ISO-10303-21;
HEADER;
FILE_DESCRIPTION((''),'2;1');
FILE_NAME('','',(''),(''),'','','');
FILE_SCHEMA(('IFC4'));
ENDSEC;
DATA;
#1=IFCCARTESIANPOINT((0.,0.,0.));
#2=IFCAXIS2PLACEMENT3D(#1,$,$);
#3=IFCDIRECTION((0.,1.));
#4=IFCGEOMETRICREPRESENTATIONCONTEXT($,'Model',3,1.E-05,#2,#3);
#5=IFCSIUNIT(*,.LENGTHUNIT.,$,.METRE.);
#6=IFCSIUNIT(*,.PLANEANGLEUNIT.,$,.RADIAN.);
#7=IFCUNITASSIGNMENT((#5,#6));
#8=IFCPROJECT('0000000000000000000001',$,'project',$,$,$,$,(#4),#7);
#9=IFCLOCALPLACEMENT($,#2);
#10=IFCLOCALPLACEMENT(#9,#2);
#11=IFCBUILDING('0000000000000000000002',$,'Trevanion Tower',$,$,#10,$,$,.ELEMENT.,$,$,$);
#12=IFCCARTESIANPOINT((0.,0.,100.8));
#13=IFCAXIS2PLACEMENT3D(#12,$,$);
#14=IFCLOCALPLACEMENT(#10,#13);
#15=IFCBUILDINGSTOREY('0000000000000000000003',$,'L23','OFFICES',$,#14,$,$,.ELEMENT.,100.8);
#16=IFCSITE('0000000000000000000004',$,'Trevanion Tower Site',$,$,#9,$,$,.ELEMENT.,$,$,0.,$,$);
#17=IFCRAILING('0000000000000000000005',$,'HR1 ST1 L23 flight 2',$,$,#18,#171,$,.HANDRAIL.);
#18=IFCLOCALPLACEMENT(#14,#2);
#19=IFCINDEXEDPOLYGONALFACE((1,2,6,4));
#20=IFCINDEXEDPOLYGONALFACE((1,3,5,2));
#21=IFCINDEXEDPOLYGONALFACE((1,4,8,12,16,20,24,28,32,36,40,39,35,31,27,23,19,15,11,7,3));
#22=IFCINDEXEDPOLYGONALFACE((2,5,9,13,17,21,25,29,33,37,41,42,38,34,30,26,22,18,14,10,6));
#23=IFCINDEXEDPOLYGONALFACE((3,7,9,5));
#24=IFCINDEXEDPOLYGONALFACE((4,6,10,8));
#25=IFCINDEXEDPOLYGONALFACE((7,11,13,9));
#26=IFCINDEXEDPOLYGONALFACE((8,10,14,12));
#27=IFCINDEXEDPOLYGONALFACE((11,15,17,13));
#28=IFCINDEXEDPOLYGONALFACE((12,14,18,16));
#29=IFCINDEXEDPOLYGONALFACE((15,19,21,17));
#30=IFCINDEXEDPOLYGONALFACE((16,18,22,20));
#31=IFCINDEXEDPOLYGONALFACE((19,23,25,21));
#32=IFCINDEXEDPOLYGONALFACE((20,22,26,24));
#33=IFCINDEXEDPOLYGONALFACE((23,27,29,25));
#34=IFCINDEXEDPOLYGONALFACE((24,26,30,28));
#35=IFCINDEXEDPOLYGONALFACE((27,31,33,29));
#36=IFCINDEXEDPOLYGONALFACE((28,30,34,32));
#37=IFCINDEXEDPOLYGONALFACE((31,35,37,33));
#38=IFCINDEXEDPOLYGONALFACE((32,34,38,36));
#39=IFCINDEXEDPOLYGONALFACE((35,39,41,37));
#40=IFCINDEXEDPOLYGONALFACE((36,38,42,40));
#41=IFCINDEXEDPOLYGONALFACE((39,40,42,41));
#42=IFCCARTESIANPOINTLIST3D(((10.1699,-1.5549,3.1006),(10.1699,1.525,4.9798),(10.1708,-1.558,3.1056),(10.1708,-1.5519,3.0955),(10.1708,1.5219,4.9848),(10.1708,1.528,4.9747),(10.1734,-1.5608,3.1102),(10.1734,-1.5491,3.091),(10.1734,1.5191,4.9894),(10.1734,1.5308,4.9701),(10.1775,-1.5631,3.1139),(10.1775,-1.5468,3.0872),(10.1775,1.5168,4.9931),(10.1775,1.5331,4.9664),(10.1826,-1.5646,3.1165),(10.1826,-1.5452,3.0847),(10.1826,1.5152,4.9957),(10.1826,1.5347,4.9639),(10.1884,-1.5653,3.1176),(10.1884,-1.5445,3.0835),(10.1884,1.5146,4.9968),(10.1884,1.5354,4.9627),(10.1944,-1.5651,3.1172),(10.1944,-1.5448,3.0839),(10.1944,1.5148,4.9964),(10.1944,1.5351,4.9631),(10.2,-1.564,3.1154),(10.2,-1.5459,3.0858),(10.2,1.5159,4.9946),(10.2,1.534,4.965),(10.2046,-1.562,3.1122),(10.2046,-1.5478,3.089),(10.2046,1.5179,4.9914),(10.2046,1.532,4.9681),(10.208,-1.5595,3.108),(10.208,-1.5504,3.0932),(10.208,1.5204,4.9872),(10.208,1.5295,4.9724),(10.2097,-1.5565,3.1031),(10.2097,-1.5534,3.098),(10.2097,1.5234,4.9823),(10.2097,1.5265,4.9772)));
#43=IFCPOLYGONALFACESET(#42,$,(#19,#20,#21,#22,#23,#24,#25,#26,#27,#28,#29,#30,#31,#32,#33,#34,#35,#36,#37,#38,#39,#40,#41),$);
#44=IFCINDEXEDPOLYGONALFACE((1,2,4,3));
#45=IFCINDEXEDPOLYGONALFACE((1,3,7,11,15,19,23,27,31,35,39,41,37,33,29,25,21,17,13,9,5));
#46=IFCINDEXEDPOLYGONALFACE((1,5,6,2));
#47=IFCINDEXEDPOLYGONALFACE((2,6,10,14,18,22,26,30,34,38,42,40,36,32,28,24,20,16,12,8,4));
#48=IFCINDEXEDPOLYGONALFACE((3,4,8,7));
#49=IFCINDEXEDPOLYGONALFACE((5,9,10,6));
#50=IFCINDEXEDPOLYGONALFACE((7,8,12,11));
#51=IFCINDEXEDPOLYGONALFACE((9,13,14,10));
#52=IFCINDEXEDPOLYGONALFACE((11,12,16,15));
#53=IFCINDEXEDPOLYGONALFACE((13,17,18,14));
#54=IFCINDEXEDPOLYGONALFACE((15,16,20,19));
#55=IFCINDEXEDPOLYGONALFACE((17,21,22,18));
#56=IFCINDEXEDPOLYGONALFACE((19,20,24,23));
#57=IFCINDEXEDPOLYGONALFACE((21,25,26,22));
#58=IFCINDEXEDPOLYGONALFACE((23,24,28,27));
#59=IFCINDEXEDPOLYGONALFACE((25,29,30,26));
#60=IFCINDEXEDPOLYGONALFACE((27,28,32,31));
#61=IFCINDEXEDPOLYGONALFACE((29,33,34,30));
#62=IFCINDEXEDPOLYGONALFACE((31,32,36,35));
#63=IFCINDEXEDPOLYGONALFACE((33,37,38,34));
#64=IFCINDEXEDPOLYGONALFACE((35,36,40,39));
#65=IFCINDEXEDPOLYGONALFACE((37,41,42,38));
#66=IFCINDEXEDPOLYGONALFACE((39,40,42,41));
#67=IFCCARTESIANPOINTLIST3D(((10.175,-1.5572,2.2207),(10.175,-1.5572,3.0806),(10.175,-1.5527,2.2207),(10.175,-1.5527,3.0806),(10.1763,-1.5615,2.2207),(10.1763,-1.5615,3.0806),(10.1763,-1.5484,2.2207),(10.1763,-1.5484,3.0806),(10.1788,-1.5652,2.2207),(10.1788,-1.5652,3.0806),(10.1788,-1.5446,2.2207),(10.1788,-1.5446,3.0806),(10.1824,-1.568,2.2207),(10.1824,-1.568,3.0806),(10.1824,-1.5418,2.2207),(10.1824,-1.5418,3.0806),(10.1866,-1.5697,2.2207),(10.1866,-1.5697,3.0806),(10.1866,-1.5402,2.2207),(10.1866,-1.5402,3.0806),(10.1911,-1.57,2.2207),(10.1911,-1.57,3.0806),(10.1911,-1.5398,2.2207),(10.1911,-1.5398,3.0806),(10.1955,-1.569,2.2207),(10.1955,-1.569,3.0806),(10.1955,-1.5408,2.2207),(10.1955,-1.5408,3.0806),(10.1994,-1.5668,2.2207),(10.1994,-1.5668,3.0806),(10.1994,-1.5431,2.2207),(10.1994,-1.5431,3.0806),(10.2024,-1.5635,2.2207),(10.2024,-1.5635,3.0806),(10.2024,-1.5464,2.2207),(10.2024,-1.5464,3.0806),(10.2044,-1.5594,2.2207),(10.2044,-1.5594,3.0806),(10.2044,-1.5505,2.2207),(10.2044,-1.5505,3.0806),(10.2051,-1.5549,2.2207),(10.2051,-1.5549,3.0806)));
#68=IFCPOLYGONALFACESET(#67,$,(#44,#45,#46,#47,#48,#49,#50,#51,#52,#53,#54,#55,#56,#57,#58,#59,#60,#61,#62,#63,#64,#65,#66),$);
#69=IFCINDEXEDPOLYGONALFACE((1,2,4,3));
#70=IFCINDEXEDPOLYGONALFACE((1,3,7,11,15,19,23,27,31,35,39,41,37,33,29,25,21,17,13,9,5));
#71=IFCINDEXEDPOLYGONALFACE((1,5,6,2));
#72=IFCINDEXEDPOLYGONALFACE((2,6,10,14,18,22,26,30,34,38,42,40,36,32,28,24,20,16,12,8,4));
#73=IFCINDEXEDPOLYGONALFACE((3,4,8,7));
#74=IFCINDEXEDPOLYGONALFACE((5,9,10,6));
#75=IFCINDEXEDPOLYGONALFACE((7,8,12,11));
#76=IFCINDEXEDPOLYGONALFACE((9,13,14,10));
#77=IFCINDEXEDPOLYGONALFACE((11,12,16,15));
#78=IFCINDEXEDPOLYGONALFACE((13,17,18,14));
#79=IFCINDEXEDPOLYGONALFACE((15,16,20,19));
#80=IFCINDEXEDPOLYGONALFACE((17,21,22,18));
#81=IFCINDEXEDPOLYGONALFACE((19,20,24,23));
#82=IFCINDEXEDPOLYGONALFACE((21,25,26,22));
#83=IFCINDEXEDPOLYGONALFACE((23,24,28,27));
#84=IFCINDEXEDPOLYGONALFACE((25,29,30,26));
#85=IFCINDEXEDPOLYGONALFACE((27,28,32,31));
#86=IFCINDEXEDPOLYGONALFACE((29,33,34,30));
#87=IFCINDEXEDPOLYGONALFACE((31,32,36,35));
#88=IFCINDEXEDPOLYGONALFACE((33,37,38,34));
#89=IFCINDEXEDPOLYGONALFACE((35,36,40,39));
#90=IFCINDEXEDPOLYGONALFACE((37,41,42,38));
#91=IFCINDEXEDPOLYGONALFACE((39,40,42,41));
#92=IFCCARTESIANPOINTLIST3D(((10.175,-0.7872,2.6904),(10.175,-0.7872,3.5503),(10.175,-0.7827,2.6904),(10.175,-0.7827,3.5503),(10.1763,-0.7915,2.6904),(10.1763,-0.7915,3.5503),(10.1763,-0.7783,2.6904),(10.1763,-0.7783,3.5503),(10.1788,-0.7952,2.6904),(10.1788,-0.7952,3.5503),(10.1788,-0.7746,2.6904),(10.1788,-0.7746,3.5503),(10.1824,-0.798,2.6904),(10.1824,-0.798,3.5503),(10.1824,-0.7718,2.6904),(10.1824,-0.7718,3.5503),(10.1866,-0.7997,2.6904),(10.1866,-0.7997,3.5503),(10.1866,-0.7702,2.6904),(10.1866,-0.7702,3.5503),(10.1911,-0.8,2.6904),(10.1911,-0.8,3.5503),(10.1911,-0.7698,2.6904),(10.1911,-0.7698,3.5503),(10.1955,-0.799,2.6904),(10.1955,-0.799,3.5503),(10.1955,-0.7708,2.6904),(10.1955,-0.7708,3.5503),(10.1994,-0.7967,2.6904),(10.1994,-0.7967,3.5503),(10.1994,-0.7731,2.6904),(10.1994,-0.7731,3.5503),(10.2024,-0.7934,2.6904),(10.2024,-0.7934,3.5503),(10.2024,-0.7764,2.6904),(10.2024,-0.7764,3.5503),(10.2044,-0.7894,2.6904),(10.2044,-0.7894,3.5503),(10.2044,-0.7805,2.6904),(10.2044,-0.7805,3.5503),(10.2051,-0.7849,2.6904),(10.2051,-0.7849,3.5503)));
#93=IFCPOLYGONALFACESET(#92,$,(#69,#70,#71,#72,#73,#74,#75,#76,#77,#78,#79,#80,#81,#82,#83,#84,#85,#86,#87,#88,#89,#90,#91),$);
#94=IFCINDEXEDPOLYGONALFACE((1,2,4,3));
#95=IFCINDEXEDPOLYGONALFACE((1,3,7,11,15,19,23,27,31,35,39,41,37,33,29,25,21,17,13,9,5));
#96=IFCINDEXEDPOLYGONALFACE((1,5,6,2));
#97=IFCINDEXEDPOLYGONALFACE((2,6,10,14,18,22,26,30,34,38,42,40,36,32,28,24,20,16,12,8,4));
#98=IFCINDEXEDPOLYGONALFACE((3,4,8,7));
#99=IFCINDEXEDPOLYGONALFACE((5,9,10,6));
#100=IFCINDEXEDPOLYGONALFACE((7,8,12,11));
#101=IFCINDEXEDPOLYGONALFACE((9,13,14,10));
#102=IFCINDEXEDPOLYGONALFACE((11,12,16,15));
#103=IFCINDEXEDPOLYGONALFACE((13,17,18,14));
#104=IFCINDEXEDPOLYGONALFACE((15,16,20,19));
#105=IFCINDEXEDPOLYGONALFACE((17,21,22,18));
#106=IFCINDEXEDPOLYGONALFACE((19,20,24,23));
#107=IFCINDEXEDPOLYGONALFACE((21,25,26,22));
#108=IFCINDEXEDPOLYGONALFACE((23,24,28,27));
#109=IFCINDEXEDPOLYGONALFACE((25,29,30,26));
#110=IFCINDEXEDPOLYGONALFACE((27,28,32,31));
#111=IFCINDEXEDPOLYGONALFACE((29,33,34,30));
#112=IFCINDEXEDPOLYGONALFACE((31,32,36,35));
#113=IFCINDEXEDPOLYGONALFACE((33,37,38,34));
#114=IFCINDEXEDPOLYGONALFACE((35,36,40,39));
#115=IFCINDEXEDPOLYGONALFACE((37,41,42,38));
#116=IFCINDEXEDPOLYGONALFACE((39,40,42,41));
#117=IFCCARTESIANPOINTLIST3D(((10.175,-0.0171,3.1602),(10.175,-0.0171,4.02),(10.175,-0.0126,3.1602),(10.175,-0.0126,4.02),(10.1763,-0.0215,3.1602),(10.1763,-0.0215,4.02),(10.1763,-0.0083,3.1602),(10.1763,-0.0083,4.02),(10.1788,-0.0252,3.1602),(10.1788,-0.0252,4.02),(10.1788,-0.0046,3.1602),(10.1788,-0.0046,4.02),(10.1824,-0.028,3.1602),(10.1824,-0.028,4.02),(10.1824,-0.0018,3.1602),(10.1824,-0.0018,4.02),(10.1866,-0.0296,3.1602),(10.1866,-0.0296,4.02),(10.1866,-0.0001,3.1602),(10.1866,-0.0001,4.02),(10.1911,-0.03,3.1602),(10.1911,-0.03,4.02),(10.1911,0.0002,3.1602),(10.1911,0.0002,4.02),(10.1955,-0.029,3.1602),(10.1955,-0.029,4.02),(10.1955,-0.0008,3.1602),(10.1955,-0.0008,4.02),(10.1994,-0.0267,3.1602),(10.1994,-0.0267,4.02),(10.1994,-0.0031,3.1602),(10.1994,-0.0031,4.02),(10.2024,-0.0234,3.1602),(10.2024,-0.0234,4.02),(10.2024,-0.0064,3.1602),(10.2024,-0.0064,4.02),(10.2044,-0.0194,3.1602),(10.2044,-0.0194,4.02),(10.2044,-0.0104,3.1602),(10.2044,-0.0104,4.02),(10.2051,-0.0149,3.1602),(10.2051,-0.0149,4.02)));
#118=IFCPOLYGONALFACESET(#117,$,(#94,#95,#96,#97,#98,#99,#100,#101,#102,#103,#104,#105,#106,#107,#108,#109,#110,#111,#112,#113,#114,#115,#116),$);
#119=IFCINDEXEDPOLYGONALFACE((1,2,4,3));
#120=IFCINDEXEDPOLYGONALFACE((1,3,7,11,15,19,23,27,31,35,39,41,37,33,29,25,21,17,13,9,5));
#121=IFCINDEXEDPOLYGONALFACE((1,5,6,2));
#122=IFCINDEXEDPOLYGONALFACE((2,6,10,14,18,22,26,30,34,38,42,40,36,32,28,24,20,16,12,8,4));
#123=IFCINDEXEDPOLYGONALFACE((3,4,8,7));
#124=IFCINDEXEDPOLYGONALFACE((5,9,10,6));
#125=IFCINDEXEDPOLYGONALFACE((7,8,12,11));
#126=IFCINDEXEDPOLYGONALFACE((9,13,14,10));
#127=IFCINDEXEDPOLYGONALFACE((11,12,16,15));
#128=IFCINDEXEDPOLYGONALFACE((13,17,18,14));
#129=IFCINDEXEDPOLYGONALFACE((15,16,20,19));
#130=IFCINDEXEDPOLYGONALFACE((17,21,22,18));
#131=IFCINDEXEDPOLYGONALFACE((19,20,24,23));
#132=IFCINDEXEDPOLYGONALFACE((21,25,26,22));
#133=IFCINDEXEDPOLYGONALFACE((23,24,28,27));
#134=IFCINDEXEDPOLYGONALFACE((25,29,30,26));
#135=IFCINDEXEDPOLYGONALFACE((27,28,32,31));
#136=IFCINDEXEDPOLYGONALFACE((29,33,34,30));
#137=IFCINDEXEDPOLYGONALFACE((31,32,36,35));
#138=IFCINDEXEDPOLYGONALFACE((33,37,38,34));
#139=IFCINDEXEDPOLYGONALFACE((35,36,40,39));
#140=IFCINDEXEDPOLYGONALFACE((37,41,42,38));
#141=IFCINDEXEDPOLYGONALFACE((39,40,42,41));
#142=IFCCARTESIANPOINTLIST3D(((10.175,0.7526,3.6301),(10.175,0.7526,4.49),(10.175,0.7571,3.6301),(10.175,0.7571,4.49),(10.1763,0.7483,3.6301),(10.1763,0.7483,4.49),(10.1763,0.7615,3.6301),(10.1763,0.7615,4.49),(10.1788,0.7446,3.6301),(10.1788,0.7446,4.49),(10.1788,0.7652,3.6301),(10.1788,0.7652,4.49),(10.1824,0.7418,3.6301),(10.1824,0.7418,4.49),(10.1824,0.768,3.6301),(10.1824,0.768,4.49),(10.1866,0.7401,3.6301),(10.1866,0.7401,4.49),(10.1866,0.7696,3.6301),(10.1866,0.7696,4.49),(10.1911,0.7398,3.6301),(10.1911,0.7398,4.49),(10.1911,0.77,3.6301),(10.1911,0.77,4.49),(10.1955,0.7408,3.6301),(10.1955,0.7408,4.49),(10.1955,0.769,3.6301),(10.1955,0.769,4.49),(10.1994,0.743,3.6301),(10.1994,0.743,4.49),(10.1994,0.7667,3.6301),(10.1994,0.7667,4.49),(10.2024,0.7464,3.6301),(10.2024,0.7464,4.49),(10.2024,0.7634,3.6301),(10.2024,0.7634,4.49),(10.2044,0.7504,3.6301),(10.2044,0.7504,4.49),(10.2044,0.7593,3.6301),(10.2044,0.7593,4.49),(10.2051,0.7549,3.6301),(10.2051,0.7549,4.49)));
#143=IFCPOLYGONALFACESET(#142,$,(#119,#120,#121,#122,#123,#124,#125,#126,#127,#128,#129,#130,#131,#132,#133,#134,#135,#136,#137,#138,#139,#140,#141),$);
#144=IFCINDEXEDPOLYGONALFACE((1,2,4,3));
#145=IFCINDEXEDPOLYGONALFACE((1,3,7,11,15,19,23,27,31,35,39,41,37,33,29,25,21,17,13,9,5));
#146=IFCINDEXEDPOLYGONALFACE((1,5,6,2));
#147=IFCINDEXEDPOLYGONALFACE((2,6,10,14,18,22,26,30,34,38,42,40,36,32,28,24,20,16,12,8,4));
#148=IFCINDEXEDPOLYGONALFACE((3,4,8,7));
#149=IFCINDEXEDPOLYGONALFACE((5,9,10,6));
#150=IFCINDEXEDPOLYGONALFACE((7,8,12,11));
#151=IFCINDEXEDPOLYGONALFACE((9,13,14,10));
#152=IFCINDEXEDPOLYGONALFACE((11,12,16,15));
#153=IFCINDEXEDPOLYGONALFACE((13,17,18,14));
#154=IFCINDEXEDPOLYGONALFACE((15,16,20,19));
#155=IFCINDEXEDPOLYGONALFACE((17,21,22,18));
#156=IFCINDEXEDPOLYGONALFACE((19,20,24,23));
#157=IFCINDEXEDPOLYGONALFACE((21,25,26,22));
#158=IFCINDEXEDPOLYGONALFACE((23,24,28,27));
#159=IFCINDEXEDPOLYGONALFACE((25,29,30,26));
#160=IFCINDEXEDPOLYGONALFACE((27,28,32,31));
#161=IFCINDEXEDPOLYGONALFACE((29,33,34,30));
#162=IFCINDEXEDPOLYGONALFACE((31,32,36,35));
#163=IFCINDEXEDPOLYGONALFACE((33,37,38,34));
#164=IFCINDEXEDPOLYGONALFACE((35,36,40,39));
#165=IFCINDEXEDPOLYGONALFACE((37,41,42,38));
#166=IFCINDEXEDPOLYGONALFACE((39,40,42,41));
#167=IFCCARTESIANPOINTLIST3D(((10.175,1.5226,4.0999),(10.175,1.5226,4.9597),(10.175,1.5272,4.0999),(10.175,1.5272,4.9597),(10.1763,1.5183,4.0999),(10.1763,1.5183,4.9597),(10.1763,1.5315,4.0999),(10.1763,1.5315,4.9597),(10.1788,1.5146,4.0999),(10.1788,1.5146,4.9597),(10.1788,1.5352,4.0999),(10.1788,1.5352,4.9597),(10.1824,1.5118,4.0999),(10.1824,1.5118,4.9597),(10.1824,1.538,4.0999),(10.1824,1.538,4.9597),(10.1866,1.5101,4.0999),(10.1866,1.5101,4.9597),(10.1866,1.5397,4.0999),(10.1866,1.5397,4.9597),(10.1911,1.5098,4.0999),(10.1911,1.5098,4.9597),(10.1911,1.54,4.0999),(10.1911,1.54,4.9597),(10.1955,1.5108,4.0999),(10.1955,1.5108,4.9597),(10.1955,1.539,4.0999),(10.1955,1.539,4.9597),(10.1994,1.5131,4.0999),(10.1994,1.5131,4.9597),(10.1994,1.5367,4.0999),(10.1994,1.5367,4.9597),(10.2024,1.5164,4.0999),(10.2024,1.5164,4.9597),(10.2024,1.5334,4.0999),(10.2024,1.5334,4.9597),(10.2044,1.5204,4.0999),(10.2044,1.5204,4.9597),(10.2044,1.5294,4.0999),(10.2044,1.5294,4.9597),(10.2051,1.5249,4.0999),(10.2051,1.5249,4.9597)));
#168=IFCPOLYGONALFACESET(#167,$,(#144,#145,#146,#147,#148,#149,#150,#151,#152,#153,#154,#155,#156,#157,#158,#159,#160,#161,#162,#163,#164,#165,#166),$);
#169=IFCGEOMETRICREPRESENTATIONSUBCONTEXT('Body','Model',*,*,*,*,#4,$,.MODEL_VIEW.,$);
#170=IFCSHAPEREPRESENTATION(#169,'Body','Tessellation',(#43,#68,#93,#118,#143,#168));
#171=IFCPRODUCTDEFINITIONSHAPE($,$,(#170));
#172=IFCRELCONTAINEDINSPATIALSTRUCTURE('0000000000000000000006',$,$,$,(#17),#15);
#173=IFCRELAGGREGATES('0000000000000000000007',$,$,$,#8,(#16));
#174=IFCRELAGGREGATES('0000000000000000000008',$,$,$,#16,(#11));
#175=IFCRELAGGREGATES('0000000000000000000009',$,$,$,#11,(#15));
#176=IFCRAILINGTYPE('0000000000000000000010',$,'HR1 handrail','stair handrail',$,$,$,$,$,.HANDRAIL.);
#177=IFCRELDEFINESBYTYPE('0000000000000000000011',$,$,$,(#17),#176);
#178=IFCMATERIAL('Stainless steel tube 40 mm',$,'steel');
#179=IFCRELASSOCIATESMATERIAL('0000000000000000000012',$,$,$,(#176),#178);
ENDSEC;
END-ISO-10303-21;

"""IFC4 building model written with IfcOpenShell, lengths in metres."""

from ifc_helpers import new_model, si_unit, direction, frame, origin, origin_2d, place, context, subcontext, project, spatial, circle, extrude, material, type_object, element, save


model = new_model("IFC4")

# Units and contexts
model_context = context("Model", 3, precision=1e-05, world=origin(), true_north=direction((0.0, 1.0)))
body_context = subcontext(model_context, "Body", "Model", "MODEL_VIEW")
ifc_project = project(units=[si_unit("LENGTHUNIT", "METRE"), si_unit("PLANEANGLEUNIT", "RADIAN")], contexts=[model_context])

# Site, building, storey
site_placement = place(None, origin())
site = spatial("IfcSite", under=ifc_project, at=site_placement, Name="Trevanion Tower Site", CompositionType="ELEMENT", RefElevation=0.0)
building_placement = place(site_placement, origin())
building = spatial("IfcBuilding", under=site, at=building_placement, Name="Trevanion Tower", CompositionType="ELEMENT")
storey_placement = place(building_placement, frame((0.0, 0.0, 100.8)))
storey = spatial("IfcBuildingStorey", under=building, at=storey_placement, Name="L23", Description="OFFICES", CompositionType="ELEMENT", Elevation=100.8)

# Railing
ifc_material_1 = material(Name="Stainless steel tube 40 mm", Category="steel")
railing_type = type_object("IfcRailingType", Name="HR1 handrail", Description="stair handrail", PredefinedType="HANDRAIL", material=ifc_material_1)
for number, where, name in (
    (1, (10.1899, -1.5549, 2.2207), "HR1 ST1 L23 flight 2"),
):
    element("IfcRailing", number, at=place(storey_placement, frame(where)), inside=storey, type_object=railing_type, Name=name, PredefinedType="HANDRAIL", context=body_context, shape_type="SweptSolid", body=[
        extrude(circle(Radius=0.02, at=origin_2d()), frame((0.0, 0.0, 0.8799), z_axis=(0.0, 0.853648, 0.52085), x_axis=(-1.0, 0.0, 0.0)), (0.0, 0.0, 1.0), 3.6079),
        extrude(circle(Radius=0.0151, at=origin_2d()), origin(), (0.0, 0.0, 1.0), 0.8599),
        extrude(circle(Radius=0.0151, at=origin_2d()), frame((0.0, 0.77, 0.4697)), (0.0, 0.0, 1.0), 0.8599),
        extrude(circle(Radius=0.0151, at=origin_2d()), frame((0.0, 1.54, 0.9395)), (0.0, 0.0, 1.0), 0.8599),
        extrude(circle(Radius=0.0151, at=origin_2d()), frame((0.0, 2.3098, 1.4094)), (0.0, 0.0, 1.0), 0.8599),
        extrude(circle(Radius=0.0151, at=origin_2d()), frame((0.0, 3.0798, 1.8792)), (0.0, 0.0, 1.0), 0.8599),
    ])

save(model, "model.ifc")
